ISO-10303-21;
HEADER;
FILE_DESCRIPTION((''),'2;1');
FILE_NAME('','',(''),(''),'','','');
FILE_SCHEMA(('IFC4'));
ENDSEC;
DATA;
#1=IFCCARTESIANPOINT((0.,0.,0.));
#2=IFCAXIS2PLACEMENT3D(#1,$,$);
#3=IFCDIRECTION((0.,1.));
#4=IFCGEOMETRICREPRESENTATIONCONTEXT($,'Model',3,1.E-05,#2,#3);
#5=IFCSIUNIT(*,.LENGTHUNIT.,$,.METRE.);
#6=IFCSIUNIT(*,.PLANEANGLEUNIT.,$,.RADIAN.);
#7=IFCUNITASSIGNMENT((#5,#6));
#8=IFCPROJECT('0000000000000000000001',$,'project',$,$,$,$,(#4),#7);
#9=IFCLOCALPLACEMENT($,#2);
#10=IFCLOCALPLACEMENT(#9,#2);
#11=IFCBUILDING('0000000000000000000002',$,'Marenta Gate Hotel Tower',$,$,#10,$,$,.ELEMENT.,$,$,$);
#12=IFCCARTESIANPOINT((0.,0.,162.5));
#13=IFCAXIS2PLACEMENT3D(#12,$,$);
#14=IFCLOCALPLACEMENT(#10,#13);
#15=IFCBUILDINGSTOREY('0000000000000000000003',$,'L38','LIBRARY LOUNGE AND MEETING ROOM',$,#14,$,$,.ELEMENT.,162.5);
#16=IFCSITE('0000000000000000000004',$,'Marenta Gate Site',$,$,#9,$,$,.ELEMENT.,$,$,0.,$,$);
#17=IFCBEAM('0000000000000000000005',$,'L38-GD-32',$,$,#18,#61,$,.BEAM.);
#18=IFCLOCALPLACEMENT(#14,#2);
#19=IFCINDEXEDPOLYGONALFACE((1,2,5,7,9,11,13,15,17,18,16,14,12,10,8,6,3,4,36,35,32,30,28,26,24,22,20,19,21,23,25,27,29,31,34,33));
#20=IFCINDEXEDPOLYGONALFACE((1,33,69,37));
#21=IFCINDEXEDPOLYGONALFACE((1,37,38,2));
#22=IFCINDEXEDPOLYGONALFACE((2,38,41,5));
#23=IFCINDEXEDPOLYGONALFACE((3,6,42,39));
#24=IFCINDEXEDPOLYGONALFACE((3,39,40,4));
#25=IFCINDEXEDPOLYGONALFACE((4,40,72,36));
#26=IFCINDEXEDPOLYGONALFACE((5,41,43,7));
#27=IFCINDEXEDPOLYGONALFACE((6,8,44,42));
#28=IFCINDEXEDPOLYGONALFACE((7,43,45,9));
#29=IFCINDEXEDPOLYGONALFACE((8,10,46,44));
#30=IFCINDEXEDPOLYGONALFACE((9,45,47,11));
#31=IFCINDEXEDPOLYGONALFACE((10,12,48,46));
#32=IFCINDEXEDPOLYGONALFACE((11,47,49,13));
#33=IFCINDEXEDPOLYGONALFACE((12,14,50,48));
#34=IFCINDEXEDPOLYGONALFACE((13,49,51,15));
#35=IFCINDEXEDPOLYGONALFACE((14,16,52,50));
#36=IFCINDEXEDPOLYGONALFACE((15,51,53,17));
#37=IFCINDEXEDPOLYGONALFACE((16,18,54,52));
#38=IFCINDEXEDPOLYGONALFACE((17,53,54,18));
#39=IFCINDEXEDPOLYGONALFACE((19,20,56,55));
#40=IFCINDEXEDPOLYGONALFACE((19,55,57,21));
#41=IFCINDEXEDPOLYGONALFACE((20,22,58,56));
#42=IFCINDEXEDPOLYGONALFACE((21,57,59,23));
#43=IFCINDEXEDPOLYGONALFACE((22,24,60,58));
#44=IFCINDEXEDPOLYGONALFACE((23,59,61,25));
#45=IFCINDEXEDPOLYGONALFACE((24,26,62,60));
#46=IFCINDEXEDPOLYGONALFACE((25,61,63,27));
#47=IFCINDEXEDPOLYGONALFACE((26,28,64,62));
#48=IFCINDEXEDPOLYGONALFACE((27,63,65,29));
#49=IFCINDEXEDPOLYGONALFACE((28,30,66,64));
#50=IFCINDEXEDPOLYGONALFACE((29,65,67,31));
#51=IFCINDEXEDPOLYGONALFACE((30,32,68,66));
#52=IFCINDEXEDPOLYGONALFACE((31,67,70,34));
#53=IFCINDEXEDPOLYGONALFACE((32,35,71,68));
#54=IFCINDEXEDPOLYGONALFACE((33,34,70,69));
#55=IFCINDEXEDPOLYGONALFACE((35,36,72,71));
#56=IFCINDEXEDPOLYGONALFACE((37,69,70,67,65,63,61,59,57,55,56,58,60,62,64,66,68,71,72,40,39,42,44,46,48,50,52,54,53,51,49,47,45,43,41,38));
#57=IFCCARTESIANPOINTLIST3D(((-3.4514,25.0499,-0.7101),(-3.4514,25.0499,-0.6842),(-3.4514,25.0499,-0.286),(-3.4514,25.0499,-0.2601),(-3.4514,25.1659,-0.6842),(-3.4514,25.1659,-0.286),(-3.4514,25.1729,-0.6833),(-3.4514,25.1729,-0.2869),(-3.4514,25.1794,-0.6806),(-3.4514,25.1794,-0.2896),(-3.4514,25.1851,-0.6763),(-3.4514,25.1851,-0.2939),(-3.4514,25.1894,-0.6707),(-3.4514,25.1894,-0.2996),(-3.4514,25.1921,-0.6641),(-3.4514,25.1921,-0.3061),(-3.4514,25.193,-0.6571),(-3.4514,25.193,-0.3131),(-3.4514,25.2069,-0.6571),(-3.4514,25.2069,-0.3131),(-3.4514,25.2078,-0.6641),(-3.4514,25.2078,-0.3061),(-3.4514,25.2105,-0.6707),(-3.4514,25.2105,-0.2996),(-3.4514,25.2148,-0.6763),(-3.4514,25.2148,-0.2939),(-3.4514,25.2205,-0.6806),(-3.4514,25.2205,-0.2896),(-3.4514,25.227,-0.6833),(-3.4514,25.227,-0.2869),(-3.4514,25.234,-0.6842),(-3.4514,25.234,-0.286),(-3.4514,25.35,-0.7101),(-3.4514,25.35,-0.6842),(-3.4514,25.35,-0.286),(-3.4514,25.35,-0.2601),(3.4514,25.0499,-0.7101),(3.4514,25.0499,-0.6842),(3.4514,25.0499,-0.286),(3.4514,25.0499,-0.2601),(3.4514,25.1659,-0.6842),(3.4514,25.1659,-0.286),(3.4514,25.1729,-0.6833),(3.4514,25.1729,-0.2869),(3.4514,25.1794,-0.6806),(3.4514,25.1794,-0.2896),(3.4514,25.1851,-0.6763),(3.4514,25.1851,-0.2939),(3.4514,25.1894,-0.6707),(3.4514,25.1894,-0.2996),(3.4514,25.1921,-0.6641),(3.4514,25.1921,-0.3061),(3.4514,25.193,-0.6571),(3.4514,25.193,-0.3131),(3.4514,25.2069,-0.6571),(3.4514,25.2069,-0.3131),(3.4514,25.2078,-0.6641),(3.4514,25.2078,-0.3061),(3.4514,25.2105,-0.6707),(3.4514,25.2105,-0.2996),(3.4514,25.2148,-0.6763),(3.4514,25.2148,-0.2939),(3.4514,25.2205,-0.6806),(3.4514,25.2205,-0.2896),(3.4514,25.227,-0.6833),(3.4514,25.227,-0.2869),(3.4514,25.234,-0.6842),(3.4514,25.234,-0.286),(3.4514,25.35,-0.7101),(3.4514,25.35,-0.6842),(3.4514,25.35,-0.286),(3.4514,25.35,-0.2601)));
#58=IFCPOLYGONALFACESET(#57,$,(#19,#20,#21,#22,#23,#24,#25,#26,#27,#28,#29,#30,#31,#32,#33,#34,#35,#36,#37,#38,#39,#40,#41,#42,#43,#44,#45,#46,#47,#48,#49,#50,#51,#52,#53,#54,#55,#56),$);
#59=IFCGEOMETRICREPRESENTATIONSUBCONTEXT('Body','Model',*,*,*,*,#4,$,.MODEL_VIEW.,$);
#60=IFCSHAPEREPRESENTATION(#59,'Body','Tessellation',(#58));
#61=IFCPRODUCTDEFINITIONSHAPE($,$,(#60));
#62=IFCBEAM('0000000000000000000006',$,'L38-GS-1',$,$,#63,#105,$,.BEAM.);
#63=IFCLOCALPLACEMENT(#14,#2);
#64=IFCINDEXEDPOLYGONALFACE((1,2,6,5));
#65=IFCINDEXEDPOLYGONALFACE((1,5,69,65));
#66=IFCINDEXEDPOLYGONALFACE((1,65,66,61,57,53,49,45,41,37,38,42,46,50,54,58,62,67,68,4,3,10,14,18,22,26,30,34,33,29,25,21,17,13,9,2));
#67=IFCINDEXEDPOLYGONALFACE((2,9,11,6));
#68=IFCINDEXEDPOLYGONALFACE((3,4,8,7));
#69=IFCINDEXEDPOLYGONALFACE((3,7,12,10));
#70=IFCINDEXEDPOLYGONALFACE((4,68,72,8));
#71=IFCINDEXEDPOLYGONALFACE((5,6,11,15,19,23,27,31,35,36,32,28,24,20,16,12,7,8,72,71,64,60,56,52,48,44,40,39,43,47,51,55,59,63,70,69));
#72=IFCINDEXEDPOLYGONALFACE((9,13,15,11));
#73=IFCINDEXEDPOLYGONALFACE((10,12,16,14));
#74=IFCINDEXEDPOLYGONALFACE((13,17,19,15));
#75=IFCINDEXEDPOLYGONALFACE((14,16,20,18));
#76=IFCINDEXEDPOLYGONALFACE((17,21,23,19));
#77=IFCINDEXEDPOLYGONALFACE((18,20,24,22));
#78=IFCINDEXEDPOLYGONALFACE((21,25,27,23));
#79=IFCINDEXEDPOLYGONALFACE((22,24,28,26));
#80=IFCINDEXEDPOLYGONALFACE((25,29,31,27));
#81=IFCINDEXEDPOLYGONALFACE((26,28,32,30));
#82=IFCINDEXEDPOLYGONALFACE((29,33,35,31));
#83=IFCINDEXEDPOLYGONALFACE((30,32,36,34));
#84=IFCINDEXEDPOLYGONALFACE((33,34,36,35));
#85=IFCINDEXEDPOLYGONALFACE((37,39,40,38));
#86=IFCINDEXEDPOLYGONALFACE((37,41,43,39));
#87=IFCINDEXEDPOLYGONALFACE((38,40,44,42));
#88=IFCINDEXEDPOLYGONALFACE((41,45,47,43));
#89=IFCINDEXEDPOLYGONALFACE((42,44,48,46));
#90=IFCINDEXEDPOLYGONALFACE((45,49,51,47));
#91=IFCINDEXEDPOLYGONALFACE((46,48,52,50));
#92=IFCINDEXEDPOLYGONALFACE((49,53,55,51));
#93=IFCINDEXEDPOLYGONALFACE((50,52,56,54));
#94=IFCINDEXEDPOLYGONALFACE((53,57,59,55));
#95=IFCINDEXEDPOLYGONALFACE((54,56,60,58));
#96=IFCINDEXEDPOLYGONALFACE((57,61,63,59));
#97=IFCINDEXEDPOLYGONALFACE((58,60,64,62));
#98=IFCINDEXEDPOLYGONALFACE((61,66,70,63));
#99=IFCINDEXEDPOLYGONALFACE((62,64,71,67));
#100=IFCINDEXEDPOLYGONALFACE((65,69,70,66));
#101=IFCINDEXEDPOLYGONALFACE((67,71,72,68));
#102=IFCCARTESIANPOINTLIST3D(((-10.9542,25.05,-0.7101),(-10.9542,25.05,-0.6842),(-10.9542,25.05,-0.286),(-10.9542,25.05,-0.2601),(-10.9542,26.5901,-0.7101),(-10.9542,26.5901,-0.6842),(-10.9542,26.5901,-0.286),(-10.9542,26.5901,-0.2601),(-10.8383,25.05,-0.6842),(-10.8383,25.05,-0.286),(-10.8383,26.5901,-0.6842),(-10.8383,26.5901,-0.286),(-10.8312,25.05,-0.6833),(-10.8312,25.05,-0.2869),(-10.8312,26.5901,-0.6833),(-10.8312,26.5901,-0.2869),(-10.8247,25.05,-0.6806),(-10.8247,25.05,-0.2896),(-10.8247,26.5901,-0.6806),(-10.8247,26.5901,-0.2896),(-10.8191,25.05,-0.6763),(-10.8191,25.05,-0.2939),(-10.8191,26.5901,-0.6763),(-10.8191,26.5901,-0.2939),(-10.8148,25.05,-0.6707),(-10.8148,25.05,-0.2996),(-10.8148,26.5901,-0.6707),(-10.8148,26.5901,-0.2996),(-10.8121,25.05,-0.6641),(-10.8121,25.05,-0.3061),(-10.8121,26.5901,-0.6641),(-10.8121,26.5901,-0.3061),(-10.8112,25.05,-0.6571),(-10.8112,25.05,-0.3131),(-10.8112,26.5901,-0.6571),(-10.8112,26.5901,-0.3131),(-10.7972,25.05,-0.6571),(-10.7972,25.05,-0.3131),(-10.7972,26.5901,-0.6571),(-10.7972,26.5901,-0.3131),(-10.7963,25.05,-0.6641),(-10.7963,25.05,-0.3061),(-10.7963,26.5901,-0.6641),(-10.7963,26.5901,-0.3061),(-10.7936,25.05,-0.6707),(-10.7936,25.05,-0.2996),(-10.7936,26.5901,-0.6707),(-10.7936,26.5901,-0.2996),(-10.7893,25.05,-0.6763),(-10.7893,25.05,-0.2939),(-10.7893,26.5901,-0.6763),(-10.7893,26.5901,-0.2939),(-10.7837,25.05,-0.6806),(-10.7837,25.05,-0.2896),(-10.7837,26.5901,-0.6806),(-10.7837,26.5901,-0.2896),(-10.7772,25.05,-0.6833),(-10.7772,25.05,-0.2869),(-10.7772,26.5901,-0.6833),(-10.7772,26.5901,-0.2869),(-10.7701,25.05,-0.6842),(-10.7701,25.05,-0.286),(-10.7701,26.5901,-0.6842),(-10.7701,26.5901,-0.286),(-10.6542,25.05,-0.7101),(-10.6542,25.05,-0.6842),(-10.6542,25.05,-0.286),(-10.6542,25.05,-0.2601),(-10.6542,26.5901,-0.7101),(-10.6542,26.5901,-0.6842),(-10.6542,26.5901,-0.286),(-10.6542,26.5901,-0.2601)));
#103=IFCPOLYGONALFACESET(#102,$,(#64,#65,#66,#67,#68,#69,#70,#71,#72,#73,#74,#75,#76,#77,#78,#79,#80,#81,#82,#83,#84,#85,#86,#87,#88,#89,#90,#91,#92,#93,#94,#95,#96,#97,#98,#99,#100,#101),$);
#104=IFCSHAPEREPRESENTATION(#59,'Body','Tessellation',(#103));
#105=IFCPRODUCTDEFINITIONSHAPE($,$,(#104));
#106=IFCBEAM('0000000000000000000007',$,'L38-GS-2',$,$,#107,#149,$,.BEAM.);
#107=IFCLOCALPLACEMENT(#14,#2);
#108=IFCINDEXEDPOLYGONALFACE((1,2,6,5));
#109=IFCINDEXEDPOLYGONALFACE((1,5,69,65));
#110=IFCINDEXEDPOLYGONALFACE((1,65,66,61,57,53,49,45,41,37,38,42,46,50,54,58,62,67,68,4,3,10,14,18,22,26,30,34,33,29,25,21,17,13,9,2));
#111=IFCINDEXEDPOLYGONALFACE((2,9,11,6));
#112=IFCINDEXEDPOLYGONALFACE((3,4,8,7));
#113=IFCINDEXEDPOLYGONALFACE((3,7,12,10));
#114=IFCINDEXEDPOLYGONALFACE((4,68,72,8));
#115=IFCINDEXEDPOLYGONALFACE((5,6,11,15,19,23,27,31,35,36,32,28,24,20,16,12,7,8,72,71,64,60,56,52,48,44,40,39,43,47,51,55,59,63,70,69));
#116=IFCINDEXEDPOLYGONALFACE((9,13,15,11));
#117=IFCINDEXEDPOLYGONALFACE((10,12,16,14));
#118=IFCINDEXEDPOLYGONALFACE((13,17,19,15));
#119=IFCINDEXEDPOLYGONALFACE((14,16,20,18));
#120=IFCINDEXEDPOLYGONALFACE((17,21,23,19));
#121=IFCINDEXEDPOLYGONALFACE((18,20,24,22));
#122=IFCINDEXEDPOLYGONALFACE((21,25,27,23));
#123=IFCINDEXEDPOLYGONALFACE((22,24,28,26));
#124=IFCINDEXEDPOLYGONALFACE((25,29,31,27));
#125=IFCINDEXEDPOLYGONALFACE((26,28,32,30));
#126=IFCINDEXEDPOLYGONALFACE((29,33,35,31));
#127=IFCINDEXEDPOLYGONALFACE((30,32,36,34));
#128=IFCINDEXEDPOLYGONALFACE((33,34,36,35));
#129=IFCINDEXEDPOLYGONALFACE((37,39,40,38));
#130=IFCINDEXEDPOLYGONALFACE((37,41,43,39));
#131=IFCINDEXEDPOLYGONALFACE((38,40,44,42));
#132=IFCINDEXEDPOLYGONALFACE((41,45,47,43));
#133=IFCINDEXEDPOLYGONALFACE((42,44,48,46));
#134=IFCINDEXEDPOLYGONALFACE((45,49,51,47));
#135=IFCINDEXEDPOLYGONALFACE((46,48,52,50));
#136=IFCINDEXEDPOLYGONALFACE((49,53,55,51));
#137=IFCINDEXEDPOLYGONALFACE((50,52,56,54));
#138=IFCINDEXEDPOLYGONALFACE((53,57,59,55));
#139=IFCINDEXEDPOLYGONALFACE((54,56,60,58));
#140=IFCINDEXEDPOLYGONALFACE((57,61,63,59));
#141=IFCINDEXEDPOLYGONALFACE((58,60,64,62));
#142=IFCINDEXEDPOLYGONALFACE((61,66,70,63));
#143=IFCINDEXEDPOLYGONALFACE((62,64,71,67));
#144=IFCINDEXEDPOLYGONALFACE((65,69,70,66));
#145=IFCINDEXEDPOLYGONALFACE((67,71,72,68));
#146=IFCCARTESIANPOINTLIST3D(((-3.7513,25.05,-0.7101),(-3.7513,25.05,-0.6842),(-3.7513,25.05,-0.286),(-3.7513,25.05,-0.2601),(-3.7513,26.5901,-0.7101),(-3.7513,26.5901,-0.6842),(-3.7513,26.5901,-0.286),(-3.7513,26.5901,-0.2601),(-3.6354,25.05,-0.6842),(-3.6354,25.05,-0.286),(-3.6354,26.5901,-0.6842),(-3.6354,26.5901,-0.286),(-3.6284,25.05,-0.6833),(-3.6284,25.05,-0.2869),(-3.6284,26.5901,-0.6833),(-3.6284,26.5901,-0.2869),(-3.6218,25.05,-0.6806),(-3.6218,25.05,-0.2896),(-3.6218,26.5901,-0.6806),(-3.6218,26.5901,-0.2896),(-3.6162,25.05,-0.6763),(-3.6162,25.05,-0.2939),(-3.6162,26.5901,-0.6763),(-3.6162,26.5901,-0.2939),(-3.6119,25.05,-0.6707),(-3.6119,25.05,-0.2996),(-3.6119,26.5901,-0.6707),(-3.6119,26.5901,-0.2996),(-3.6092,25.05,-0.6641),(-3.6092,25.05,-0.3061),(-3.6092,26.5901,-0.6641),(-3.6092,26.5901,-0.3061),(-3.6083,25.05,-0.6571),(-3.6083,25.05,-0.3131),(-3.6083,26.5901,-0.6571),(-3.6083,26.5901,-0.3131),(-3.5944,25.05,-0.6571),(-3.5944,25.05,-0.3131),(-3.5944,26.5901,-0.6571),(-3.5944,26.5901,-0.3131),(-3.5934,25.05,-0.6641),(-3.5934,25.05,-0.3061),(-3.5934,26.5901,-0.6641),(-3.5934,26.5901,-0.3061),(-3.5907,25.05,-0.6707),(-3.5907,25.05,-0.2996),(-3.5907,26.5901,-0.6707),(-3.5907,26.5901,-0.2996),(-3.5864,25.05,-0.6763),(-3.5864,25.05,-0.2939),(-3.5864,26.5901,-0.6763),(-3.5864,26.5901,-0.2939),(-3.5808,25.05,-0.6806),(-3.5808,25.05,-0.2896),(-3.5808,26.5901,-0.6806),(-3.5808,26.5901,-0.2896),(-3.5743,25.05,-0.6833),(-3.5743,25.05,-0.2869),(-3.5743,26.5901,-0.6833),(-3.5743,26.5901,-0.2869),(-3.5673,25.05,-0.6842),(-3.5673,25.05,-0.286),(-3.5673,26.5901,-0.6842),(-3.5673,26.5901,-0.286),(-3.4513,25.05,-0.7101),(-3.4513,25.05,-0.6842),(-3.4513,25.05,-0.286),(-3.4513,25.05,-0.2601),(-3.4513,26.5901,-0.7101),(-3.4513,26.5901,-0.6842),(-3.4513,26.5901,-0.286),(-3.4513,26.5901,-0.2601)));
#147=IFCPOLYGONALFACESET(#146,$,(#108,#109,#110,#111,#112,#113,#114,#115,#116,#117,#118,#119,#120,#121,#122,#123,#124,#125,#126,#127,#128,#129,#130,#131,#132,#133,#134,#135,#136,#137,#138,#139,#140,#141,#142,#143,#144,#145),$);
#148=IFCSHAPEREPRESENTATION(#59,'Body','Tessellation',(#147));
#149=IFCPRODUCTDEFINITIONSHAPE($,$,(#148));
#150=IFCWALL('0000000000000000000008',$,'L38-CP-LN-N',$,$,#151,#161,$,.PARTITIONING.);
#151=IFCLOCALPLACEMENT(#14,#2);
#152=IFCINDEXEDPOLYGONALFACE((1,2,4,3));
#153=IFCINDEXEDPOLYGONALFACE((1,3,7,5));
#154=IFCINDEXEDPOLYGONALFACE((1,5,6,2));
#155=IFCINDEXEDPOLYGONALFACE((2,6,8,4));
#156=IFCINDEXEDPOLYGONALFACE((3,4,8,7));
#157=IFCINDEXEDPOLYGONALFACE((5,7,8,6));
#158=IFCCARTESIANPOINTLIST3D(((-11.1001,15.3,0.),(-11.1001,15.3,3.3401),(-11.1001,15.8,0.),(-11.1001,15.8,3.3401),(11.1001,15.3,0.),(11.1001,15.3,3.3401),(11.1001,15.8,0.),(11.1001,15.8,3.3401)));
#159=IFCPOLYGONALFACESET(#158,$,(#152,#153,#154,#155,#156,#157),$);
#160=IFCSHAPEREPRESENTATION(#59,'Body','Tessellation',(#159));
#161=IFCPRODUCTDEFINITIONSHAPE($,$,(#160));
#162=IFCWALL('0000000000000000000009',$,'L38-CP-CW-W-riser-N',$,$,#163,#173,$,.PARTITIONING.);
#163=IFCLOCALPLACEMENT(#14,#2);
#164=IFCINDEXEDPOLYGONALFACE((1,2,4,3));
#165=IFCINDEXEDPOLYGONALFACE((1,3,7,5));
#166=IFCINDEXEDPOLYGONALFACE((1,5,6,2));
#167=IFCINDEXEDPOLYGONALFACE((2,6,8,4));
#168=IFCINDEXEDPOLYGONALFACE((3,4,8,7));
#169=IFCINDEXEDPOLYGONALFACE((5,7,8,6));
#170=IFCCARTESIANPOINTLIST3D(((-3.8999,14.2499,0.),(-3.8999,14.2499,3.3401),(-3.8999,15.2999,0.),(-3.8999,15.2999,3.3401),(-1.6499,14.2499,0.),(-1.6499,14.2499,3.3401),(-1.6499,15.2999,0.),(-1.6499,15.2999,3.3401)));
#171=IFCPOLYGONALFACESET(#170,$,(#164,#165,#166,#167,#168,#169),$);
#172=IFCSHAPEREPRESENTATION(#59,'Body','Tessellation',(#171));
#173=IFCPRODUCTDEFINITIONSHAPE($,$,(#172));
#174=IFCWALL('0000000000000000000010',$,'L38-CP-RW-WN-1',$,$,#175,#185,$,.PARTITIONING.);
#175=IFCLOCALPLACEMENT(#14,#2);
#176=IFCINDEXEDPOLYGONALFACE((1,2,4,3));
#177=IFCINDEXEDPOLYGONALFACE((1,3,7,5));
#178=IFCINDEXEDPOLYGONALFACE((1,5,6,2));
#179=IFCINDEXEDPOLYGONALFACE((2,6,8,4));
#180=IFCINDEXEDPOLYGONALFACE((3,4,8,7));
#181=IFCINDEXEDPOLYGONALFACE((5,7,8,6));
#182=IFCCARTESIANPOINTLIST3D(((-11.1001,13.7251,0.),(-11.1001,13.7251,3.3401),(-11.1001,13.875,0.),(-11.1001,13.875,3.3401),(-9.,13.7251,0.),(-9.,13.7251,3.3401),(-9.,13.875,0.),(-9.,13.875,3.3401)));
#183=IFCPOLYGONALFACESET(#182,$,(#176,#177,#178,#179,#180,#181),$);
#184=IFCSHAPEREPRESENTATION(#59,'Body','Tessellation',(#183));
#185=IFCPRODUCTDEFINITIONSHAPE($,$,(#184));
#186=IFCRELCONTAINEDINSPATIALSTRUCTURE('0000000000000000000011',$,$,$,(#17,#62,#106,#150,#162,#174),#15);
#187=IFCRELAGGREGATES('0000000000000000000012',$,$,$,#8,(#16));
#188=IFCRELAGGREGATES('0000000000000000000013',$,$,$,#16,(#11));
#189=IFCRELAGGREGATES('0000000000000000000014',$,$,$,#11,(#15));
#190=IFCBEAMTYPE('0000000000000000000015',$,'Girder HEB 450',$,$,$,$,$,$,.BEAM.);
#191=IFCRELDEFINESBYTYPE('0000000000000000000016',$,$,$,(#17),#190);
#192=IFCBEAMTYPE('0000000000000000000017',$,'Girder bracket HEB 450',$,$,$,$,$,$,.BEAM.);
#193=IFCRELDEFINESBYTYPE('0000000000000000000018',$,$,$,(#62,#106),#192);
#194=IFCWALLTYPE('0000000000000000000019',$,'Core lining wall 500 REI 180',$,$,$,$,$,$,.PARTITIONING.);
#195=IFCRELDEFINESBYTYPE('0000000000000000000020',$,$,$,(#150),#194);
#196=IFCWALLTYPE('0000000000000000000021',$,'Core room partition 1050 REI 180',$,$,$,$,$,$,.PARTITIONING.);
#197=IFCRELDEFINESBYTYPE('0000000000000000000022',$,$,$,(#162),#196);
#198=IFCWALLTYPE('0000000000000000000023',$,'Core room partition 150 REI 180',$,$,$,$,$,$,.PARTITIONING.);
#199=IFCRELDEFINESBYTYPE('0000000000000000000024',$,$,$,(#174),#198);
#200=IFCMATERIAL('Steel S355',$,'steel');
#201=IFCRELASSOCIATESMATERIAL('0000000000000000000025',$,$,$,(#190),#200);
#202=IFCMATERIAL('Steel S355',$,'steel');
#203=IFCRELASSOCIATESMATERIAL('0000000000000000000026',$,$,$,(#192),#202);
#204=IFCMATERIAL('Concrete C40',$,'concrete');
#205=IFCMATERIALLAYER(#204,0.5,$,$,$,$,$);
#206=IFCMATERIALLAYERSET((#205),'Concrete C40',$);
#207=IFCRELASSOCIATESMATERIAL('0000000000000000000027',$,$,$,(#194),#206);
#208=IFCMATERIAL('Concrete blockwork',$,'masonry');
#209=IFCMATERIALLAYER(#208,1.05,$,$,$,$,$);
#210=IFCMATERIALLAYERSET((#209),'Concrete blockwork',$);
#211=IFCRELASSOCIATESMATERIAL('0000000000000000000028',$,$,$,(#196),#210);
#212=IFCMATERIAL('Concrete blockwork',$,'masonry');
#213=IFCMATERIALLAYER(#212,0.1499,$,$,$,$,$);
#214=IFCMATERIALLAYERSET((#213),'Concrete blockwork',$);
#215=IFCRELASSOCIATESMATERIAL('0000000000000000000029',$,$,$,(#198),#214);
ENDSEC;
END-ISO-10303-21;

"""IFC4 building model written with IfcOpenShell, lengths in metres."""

from ifc_helpers import new_model, si_unit, direction, frame, frame_2d, origin, origin_2d, place, context, subcontext, project, spatial, rectangle, i_section, extrude, material, layer, layer_set, material_profile, profile_set, type_object, element, save


model = new_model("IFC4")

# Units and contexts
model_context = context("Model", 3, precision=1e-05, world=origin(), true_north=direction((0.0, 1.0)))
body_context = subcontext(model_context, "Body", "Model", "MODEL_VIEW")
ifc_project = project(units=[si_unit("LENGTHUNIT", "METRE"), si_unit("PLANEANGLEUNIT", "RADIAN")], contexts=[model_context])

# Site, building, storey
site_placement = place(None, origin())
site = spatial("IfcSite", under=ifc_project, at=site_placement, Name="Marenta Gate Site", CompositionType="ELEMENT", RefElevation=0.0)
building_placement = place(site_placement, origin())
building = spatial("IfcBuilding", under=site, at=building_placement, Name="Marenta Gate Hotel Tower", CompositionType="ELEMENT")
storey_placement = place(building_placement, frame((0.0, 0.0, 162.5)))
storey = spatial("IfcBuildingStorey", under=building, at=storey_placement, Name="L38", Description="LIBRARY LOUNGE AND MEETING ROOM", CompositionType="ELEMENT", Elevation=162.5)

# Beams
ifc_material_1 = material(Name="Steel S355", Category="steel")
ifc_material_profile_1 = material_profile(ifc_material_1, i_section(OverallWidth=0.3, OverallDepth=0.45, WebThickness=0.0139, FlangeThickness=0.0259, FilletRadius=0.0271, at=origin_2d()), Name="HEB 450")
ifc_profile_set_1 = profile_set([ifc_material_profile_1], Name="Steel S355")
beam_type_1 = type_object("IfcBeamType", Name="Girder HEB 450", PredefinedType="BEAM", material=ifc_profile_set_1)
beam_1_placement = place(storey_placement, frame((-3.4514, 25.2, -0.4851), z_axis=(1.0, 0.0, 0.0), x_axis=(0.0, 1.0, 0.0)))
element("IfcBeam", 1, at=beam_1_placement, inside=storey, type_object=beam_type_1, Name="L38-GD-32", PredefinedType="BEAM", context=body_context, shape_type="SweptSolid", body=[
    extrude(i_section(OverallWidth=0.3, OverallDepth=0.45, WebThickness=0.0139, FlangeThickness=0.0259, FilletRadius=0.0271, at=origin_2d()), origin(), (0.0, 0.0, 1.0), 6.9028),
])
ifc_material_2 = material(Name="Steel S355", Category="steel")
ifc_material_profile_2 = material_profile(ifc_material_2, i_section(OverallWidth=0.3, OverallDepth=0.45, WebThickness=0.0139, FlangeThickness=0.0259, FilletRadius=0.0271, at=origin_2d()), Name="HEB 450")
ifc_profile_set_2 = profile_set([ifc_material_profile_2], Name="Steel S355")
beam_type_2 = type_object("IfcBeamType", Name="Girder bracket HEB 450", PredefinedType="BEAM", material=ifc_profile_set_2)
for number, where, z_axis, x_axis, name in (
    (2, (-10.8042, 25.05, -0.4851), (0.0, 1.0, 0.0), (-1.0, 0.0, 0.0), "L38-GS-1"),
    (3, (-3.6013, 25.05, -0.4851), (0.0, 1.0, 0.0), (-1.0, 0.0, 0.0), "L38-GS-2"),
):
    element("IfcBeam", number, at=place(storey_placement, frame(where, z_axis=z_axis, x_axis=x_axis)), inside=storey, type_object=beam_type_2, Name=name, PredefinedType="BEAM", context=body_context, shape_type="SweptSolid", body=[
        extrude(i_section(OverallWidth=0.3, OverallDepth=0.45, WebThickness=0.0139, FlangeThickness=0.0259, FilletRadius=0.0271, at=origin_2d()), origin(), (0.0, 0.0, 1.0), 1.54),
    ])

# Walls
ifc_material_3 = material(Name="Concrete C40", Category="concrete")
ifc_layer_1 = layer(ifc_material_3, 0.5)
ifc_layer_set_1 = layer_set([ifc_layer_1], Name="Concrete C40")
wall_type_1 = type_object("IfcWallType", Name="Core lining wall 500 REI 180", PredefinedType="PARTITIONING", material=ifc_layer_set_1)
wall_1_placement = place(storey_placement, frame((-11.1001, 15.55, 0.0), z_axis=(0.0, 0.0, 1.0), x_axis=(1.0, 0.0, 0.0)))
element("IfcWall", 4, at=wall_1_placement, inside=storey, type_object=wall_type_1, Name="L38-CP-LN-N", PredefinedType="PARTITIONING", context=body_context, shape_type="SweptSolid", body=[
    extrude(rectangle(XDim=22.2002, YDim=0.5, at=frame_2d((11.1001, 0.0))), origin(), (0.0, 0.0, 1.0), 3.3401),
])
ifc_material_4 = material(Name="Concrete blockwork", Category="masonry")
ifc_layer_2 = layer(ifc_material_4, 1.05)
ifc_layer_set_2 = layer_set([ifc_layer_2], Name="Concrete blockwork")
wall_type_2 = type_object("IfcWallType", Name="Core room partition 1050 REI 180", PredefinedType="PARTITIONING", material=ifc_layer_set_2)
wall_2_placement = place(storey_placement, frame((-3.8999, 14.7749, 0.0), z_axis=(0.0, 0.0, 1.0), x_axis=(1.0, 0.0, 0.0)))
element("IfcWall", 5, at=wall_2_placement, inside=storey, type_object=wall_type_2, Name="L38-CP-CW-W-riser-N", PredefinedType="PARTITIONING", context=body_context, shape_type="SweptSolid", body=[
    extrude(rectangle(XDim=2.25, YDim=1.05, at=frame_2d((1.125, 0.0))), origin(), (0.0, 0.0, 1.0), 3.3401),
])
ifc_material_5 = material(Name="Concrete blockwork", Category="masonry")
ifc_layer_3 = layer(ifc_material_5, 0.1499)
ifc_layer_set_3 = layer_set([ifc_layer_3], Name="Concrete blockwork")
wall_type_3 = type_object("IfcWallType", Name="Core room partition 150 REI 180", PredefinedType="PARTITIONING", material=ifc_layer_set_3)
wall_3_placement = place(storey_placement, frame((-11.1001, 13.8, 0.0), z_axis=(0.0, 0.0, 1.0), x_axis=(1.0, 0.0, 0.0)))
element("IfcWall", 6, at=wall_3_placement, inside=storey, type_object=wall_type_3, Name="L38-CP-RW-WN-1", PredefinedType="PARTITIONING", context=body_context, shape_type="SweptSolid", body=[
    extrude(rectangle(XDim=2.1001, YDim=0.1499, at=frame_2d((1.05, 0.0))), origin(), (0.0, 0.0, 1.0), 3.3401),
])

save(model, "model.ifc")
